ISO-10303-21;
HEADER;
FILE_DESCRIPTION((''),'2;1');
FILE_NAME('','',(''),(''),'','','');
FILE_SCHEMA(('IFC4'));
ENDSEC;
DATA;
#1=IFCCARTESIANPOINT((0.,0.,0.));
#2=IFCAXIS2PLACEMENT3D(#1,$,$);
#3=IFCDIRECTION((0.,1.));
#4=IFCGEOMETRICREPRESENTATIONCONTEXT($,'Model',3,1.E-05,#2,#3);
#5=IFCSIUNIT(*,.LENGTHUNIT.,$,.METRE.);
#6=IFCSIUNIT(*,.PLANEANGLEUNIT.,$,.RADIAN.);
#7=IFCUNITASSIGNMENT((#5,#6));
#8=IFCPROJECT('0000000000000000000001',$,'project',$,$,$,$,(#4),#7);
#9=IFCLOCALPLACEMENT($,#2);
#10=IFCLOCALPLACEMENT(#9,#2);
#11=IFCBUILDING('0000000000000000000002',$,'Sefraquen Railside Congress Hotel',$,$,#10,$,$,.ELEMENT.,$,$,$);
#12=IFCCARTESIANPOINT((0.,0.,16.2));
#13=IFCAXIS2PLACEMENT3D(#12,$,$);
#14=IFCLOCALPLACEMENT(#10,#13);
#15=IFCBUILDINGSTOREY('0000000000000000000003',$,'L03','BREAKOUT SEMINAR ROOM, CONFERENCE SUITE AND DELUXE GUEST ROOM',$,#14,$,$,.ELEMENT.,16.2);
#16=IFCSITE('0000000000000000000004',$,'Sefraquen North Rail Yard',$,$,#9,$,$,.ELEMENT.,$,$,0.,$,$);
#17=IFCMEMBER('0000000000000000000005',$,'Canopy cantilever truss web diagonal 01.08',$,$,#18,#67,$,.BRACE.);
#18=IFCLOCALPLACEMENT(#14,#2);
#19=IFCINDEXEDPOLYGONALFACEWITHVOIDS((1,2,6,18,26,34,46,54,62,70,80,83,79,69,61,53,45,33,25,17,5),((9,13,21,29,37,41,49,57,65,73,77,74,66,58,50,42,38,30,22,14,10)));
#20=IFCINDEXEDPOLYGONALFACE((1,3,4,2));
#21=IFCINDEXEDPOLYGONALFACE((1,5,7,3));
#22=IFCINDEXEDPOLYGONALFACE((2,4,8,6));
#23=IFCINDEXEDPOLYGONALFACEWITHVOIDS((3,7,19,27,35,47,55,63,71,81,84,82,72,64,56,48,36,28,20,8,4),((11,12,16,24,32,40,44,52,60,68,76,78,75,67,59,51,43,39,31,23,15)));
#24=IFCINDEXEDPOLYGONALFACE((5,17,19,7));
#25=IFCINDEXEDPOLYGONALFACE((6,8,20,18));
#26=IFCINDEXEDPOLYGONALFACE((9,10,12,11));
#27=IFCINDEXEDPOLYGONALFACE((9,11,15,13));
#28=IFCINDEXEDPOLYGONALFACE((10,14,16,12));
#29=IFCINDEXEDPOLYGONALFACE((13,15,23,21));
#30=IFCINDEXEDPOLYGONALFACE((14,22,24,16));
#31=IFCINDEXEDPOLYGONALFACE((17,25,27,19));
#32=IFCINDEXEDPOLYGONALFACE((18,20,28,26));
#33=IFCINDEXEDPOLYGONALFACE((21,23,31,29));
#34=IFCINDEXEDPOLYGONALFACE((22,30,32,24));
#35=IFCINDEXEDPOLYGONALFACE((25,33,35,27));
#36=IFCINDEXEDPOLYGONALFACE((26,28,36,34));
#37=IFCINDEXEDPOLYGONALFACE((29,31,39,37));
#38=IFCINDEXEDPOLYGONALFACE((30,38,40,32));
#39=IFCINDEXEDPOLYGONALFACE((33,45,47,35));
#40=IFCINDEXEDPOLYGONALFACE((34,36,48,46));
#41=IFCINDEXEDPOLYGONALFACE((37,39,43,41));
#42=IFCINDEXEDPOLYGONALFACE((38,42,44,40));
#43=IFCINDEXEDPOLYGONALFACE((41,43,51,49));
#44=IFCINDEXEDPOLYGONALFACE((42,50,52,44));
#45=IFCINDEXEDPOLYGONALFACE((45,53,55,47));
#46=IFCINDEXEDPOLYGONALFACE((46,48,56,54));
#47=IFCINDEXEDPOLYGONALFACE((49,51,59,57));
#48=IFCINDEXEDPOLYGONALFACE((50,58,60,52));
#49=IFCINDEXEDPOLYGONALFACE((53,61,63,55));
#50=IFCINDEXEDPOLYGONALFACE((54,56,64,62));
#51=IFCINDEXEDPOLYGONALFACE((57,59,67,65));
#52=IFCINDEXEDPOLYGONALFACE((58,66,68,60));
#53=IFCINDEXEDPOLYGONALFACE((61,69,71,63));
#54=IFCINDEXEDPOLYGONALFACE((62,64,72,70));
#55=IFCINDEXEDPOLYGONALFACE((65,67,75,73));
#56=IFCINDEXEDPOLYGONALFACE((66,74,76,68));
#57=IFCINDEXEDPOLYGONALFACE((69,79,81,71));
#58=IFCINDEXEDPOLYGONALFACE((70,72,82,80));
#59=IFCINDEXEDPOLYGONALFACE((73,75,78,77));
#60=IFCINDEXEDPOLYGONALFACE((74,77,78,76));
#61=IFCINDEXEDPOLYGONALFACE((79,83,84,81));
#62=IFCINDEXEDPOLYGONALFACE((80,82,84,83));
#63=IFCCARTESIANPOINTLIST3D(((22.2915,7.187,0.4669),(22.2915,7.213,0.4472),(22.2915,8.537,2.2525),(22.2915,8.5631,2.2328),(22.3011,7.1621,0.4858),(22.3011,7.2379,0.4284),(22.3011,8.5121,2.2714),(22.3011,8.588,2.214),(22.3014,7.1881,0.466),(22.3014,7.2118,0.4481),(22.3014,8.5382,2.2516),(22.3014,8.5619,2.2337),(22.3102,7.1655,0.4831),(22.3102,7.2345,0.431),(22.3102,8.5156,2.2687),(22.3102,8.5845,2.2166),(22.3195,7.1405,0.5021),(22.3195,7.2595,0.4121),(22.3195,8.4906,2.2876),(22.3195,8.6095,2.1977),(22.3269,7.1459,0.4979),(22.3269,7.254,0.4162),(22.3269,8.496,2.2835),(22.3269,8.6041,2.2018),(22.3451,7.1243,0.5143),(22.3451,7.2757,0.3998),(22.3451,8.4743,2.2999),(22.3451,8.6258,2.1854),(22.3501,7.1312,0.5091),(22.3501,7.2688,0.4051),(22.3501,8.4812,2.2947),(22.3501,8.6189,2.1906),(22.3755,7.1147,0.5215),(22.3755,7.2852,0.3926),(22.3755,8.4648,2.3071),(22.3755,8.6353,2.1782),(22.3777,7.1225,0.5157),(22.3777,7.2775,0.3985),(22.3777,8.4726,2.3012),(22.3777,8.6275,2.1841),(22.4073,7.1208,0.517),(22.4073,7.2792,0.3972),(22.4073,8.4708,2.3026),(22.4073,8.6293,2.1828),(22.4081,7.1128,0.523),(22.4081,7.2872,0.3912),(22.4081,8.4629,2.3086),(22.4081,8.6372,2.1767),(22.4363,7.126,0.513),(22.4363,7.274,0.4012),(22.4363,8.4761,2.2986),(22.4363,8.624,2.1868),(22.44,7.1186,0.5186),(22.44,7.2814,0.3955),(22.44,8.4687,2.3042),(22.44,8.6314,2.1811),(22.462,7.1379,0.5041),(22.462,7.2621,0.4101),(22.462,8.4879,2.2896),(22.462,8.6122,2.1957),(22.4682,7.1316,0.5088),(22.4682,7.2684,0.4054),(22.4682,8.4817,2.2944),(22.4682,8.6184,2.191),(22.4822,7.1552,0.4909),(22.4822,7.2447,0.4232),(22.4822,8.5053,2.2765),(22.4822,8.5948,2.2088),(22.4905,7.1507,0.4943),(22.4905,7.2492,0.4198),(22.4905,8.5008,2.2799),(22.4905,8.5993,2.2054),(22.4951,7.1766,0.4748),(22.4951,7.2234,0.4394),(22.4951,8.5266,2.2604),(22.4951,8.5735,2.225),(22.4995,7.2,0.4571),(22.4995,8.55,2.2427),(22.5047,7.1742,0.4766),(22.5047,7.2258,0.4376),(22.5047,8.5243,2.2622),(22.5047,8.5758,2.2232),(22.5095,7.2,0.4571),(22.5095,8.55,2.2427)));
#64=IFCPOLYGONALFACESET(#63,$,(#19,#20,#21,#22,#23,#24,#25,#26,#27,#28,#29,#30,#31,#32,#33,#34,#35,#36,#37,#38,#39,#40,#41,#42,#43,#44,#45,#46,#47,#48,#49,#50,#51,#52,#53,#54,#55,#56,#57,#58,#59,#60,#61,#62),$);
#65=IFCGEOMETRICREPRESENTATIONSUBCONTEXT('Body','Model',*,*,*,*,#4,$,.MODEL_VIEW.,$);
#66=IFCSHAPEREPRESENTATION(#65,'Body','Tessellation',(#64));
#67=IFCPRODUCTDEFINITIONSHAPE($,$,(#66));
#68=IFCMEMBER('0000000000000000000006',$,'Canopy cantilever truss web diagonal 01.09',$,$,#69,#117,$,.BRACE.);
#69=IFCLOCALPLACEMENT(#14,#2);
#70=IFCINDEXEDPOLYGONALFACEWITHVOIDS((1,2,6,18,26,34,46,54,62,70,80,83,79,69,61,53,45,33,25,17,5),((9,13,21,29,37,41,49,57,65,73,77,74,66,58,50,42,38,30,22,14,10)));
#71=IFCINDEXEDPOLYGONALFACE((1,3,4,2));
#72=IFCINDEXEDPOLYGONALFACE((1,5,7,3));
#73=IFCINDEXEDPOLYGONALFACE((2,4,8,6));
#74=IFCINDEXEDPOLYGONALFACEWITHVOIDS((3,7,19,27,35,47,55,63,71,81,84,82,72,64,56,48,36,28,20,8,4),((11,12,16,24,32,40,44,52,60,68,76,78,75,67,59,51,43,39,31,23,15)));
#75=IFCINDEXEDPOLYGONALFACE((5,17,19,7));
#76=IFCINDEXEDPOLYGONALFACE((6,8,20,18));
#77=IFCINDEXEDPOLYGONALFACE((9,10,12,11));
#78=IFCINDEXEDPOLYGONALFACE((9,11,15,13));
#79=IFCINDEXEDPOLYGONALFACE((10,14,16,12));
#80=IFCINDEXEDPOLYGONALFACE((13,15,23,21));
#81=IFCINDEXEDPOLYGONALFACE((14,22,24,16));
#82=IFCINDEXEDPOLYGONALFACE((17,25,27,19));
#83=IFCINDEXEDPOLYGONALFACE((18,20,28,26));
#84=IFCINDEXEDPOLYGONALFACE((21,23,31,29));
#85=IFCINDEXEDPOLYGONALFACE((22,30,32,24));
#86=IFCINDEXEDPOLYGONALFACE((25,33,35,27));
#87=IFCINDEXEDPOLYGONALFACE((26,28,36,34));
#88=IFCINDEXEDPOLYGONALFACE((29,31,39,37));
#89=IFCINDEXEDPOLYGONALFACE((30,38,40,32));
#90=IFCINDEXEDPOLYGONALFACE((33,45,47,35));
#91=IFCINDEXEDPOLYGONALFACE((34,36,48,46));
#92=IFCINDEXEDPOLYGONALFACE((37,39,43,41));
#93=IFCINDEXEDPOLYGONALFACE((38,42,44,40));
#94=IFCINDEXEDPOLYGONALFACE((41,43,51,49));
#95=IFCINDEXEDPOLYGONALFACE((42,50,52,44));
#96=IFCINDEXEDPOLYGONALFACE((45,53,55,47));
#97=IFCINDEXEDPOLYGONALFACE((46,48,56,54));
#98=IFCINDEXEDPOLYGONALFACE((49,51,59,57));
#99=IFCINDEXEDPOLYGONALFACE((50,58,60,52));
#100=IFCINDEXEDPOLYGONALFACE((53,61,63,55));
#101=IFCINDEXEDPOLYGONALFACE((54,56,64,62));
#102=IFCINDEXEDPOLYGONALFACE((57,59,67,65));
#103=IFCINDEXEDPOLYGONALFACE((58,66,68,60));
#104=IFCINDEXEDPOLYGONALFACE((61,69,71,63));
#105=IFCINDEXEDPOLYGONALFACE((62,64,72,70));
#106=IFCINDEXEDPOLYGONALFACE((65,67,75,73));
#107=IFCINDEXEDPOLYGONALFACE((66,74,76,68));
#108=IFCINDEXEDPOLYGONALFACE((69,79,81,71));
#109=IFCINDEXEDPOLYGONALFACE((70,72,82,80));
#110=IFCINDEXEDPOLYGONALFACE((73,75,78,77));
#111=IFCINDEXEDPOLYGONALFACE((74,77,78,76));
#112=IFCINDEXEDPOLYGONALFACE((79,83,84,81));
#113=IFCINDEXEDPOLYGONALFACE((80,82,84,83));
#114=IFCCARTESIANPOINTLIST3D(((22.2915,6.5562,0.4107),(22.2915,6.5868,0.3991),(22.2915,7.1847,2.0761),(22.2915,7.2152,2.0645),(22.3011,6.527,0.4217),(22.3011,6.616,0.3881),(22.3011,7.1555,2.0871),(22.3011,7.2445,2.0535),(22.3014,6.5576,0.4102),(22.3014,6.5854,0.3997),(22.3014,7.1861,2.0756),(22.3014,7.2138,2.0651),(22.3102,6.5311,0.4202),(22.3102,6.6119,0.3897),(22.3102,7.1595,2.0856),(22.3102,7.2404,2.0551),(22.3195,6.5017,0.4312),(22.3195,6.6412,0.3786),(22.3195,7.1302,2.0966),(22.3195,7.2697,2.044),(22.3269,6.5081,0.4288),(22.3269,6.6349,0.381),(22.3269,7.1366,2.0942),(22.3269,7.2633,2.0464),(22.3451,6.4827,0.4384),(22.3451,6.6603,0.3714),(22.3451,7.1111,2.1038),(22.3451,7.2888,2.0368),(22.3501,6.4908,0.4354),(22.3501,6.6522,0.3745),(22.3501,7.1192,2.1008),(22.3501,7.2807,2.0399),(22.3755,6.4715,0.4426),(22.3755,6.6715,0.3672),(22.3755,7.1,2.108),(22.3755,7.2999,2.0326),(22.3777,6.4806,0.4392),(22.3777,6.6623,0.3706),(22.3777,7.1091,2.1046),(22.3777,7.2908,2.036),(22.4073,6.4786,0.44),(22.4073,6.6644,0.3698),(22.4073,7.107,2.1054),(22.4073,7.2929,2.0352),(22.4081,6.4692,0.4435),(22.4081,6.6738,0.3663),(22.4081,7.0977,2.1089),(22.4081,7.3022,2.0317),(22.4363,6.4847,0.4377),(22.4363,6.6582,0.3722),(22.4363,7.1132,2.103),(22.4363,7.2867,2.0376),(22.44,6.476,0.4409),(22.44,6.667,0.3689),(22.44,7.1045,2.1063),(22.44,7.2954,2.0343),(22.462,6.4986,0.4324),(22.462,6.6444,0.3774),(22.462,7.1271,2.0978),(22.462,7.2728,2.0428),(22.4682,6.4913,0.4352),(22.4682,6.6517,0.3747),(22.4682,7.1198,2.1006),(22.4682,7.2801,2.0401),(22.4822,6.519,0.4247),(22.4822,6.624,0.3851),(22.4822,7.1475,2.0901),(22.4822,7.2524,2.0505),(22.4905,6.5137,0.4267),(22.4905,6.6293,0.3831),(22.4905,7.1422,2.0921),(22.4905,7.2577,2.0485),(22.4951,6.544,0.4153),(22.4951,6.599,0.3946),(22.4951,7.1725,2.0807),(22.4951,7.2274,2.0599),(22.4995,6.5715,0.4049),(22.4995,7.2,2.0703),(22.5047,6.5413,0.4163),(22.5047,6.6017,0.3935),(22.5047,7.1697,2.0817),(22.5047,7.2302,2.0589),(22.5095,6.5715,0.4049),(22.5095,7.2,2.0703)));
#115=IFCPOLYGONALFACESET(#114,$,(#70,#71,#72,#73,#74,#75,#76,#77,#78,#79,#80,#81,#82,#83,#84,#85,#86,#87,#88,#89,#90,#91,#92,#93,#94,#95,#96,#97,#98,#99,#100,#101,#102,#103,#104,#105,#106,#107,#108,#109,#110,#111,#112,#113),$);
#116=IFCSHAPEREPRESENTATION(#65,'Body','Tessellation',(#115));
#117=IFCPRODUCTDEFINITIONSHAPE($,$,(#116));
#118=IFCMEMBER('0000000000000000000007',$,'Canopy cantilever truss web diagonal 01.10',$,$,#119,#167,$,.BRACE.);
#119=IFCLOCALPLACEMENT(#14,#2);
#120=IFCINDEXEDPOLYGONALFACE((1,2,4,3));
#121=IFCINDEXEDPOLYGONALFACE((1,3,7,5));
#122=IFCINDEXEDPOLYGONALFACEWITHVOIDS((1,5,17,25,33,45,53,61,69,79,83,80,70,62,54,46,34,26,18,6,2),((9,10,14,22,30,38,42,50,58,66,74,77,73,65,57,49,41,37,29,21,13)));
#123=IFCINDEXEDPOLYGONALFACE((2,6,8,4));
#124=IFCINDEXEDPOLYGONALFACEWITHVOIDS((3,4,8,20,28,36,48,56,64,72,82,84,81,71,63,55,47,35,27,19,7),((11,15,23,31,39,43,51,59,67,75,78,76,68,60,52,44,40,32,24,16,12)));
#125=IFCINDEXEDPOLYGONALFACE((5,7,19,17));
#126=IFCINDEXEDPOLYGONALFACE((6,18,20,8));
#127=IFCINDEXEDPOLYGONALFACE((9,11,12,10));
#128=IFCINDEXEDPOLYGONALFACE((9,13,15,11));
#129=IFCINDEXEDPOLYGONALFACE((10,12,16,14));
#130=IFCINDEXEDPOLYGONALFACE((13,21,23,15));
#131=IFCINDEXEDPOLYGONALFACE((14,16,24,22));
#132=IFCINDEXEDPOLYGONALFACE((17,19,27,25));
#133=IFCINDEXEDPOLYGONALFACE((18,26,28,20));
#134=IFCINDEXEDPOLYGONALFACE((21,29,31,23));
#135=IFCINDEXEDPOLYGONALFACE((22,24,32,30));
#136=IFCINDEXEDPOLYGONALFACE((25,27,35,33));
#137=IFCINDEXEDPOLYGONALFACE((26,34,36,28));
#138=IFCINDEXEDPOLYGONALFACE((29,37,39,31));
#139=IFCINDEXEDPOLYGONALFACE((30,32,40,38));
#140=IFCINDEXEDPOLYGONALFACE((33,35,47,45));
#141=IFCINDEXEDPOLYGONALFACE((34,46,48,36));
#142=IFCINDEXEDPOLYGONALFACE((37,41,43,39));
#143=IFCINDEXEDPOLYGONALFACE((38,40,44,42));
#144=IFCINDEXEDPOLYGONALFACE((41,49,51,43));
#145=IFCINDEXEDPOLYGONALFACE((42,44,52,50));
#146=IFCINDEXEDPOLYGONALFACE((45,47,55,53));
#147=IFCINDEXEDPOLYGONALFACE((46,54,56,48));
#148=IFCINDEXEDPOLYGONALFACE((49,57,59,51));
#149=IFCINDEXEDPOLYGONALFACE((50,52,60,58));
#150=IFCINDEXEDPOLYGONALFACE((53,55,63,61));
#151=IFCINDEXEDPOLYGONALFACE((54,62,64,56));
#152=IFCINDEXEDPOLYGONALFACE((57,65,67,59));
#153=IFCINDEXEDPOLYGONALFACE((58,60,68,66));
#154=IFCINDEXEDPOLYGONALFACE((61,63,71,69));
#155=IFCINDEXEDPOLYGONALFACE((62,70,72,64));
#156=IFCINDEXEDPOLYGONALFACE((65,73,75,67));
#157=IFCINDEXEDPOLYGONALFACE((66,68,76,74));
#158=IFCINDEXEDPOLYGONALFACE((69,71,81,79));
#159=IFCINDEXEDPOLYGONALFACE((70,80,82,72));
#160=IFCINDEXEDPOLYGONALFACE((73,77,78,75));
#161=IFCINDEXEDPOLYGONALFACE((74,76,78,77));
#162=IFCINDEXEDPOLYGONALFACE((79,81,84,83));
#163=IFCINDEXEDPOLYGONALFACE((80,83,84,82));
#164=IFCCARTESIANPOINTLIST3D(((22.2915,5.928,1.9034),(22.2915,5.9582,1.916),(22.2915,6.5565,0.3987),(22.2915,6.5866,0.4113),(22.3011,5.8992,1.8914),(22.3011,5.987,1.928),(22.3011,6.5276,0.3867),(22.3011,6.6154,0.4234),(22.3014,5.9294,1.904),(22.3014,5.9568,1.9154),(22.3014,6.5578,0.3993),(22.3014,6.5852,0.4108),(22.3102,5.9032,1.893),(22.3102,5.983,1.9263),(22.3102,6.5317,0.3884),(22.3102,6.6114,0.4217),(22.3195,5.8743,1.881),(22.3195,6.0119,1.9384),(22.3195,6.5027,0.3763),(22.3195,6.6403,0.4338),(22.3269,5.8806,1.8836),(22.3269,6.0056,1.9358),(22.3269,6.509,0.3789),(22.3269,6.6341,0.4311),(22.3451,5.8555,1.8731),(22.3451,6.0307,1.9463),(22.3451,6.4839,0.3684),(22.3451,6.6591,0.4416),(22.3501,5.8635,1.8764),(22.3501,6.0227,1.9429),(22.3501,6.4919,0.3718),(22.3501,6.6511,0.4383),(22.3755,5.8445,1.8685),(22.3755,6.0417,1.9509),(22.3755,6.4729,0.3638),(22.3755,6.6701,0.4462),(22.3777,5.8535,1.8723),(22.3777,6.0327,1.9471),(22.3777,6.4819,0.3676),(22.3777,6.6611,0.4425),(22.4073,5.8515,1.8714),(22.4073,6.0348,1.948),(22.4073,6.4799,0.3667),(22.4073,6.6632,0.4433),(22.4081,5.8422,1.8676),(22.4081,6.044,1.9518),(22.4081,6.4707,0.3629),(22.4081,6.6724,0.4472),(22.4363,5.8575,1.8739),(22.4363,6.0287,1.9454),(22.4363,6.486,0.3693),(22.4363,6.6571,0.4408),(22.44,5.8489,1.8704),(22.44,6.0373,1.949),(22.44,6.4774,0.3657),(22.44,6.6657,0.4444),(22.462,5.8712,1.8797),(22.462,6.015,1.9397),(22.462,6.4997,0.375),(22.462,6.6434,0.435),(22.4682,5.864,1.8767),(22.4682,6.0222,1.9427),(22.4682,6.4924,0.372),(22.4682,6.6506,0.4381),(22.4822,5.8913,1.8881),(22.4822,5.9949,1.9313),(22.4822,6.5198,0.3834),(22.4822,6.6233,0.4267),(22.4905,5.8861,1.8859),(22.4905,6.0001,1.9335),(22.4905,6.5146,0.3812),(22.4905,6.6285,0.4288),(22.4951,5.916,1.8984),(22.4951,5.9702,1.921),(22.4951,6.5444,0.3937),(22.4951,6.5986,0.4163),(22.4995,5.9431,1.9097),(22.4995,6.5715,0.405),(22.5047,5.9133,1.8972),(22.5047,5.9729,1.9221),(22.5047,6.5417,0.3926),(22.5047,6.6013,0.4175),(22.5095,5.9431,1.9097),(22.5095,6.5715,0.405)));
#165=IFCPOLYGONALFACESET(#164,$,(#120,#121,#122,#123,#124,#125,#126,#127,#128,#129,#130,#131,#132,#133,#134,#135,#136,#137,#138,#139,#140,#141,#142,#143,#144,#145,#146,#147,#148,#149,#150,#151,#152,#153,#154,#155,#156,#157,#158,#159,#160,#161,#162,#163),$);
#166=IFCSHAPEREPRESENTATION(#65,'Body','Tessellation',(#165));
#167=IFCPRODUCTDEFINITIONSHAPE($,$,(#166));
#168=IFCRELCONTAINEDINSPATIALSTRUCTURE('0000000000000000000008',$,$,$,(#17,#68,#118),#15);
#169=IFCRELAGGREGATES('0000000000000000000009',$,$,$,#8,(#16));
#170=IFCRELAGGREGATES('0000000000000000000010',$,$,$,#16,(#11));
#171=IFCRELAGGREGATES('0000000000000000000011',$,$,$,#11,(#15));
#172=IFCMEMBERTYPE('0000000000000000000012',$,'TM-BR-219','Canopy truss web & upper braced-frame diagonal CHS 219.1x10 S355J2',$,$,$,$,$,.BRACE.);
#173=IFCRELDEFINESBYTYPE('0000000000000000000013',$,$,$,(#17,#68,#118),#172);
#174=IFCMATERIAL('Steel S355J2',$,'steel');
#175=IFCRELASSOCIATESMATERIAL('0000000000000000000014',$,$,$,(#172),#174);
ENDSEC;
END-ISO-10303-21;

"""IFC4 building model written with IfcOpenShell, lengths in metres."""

from ifc_helpers import new_model, si_unit, direction, frame, origin, origin_2d, place, context, subcontext, project, spatial, hollow_circle, extrude, material, material_profile, profile_set, type_object, element, save


model = new_model("IFC4")

# Units and contexts
model_context = context("Model", 3, precision=1e-05, world=origin(), true_north=direction((0.0, 1.0)))
body_context = subcontext(model_context, "Body", "Model", "MODEL_VIEW")
ifc_project = project(units=[si_unit("LENGTHUNIT", "METRE"), si_unit("PLANEANGLEUNIT", "RADIAN")], contexts=[model_context])

# Site, building, storey
site_placement = place(None, origin())
site = spatial("IfcSite", under=ifc_project, at=site_placement, Name="Sefraquen North Rail Yard", CompositionType="ELEMENT", RefElevation=0.0)
building_placement = place(site_placement, origin())
building = spatial("IfcBuilding", under=site, at=building_placement, Name="Sefraquen Railside Congress Hotel", CompositionType="ELEMENT")
storey_placement = place(building_placement, frame((0.0, 0.0, 16.2)))
storey = spatial("IfcBuildingStorey", under=building, at=storey_placement, Name="L03", Description="BREAKOUT SEMINAR ROOM, CONFERENCE SUITE AND DELUXE GUEST ROOM", CompositionType="ELEMENT", Elevation=16.2)

# Shared definitions
ifc_material_1 = material(Name="Steel S355J2", Category="steel")

# Members
ifc_material_profile_1 = material_profile(ifc_material_1, hollow_circle(Radius=0.1096, WallThickness=0.01, at=origin_2d()), Name="CHS 219.1x10")
ifc_profile_set_1 = profile_set([ifc_material_profile_1], Name="Steel S355J2")
member_type_1 = type_object("IfcMemberType", Name="TM-BR-219", Description="Canopy truss web & upper braced-frame diagonal CHS 219.1x10 S355J2", PredefinedType="BRACE", material=ifc_profile_set_1)
member_1_placement = place(storey_placement, frame((22.3999, 8.55, 2.2427), z_axis=(0.0, -0.603102, -0.797664), x_axis=(1.0, 0.0, 0.0)))
element("IfcMember", 1, at=member_1_placement, inside=storey, type_object=member_type_1, Name="Canopy cantilever truss web diagonal 01.08", PredefinedType="BRACE", context=body_context, shape_type="SweptSolid", body=[
    extrude(hollow_circle(Radius=0.1096, WallThickness=0.01, at=origin_2d()), origin(), (0.0, 0.0, 1.0), 2.2385),
])
member_2_placement = place(storey_placement, frame((22.3999, 7.2, 2.0703), z_axis=(0.0, -0.353062, -0.9356), x_axis=(1.0, 0.0, 0.0)))
element("IfcMember", 2, at=member_2_placement, inside=storey, type_object=member_type_1, Name="Canopy cantilever truss web diagonal 01.09", PredefinedType="BRACE", context=body_context, shape_type="SweptSolid", body=[
    extrude(hollow_circle(Radius=0.1096, WallThickness=0.01, at=origin_2d()), origin(), (0.0, 0.0, 1.0), 1.78),
])
member_3_placement = place(storey_placement, frame((22.3999, 6.5715, 0.405), z_axis=(0.0, -0.385391, 0.922753), x_axis=(1.0, 0.0, 0.0)))
element("IfcMember", 3, at=member_3_placement, inside=storey, type_object=member_type_1, Name="Canopy cantilever truss web diagonal 01.10", PredefinedType="BRACE", context=body_context, shape_type="SweptSolid", body=[
    extrude(hollow_circle(Radius=0.1096, WallThickness=0.01, at=origin_2d()), origin(), (0.0, 0.0, 1.0), 1.6306),
])

save(model, "model.ifc")
